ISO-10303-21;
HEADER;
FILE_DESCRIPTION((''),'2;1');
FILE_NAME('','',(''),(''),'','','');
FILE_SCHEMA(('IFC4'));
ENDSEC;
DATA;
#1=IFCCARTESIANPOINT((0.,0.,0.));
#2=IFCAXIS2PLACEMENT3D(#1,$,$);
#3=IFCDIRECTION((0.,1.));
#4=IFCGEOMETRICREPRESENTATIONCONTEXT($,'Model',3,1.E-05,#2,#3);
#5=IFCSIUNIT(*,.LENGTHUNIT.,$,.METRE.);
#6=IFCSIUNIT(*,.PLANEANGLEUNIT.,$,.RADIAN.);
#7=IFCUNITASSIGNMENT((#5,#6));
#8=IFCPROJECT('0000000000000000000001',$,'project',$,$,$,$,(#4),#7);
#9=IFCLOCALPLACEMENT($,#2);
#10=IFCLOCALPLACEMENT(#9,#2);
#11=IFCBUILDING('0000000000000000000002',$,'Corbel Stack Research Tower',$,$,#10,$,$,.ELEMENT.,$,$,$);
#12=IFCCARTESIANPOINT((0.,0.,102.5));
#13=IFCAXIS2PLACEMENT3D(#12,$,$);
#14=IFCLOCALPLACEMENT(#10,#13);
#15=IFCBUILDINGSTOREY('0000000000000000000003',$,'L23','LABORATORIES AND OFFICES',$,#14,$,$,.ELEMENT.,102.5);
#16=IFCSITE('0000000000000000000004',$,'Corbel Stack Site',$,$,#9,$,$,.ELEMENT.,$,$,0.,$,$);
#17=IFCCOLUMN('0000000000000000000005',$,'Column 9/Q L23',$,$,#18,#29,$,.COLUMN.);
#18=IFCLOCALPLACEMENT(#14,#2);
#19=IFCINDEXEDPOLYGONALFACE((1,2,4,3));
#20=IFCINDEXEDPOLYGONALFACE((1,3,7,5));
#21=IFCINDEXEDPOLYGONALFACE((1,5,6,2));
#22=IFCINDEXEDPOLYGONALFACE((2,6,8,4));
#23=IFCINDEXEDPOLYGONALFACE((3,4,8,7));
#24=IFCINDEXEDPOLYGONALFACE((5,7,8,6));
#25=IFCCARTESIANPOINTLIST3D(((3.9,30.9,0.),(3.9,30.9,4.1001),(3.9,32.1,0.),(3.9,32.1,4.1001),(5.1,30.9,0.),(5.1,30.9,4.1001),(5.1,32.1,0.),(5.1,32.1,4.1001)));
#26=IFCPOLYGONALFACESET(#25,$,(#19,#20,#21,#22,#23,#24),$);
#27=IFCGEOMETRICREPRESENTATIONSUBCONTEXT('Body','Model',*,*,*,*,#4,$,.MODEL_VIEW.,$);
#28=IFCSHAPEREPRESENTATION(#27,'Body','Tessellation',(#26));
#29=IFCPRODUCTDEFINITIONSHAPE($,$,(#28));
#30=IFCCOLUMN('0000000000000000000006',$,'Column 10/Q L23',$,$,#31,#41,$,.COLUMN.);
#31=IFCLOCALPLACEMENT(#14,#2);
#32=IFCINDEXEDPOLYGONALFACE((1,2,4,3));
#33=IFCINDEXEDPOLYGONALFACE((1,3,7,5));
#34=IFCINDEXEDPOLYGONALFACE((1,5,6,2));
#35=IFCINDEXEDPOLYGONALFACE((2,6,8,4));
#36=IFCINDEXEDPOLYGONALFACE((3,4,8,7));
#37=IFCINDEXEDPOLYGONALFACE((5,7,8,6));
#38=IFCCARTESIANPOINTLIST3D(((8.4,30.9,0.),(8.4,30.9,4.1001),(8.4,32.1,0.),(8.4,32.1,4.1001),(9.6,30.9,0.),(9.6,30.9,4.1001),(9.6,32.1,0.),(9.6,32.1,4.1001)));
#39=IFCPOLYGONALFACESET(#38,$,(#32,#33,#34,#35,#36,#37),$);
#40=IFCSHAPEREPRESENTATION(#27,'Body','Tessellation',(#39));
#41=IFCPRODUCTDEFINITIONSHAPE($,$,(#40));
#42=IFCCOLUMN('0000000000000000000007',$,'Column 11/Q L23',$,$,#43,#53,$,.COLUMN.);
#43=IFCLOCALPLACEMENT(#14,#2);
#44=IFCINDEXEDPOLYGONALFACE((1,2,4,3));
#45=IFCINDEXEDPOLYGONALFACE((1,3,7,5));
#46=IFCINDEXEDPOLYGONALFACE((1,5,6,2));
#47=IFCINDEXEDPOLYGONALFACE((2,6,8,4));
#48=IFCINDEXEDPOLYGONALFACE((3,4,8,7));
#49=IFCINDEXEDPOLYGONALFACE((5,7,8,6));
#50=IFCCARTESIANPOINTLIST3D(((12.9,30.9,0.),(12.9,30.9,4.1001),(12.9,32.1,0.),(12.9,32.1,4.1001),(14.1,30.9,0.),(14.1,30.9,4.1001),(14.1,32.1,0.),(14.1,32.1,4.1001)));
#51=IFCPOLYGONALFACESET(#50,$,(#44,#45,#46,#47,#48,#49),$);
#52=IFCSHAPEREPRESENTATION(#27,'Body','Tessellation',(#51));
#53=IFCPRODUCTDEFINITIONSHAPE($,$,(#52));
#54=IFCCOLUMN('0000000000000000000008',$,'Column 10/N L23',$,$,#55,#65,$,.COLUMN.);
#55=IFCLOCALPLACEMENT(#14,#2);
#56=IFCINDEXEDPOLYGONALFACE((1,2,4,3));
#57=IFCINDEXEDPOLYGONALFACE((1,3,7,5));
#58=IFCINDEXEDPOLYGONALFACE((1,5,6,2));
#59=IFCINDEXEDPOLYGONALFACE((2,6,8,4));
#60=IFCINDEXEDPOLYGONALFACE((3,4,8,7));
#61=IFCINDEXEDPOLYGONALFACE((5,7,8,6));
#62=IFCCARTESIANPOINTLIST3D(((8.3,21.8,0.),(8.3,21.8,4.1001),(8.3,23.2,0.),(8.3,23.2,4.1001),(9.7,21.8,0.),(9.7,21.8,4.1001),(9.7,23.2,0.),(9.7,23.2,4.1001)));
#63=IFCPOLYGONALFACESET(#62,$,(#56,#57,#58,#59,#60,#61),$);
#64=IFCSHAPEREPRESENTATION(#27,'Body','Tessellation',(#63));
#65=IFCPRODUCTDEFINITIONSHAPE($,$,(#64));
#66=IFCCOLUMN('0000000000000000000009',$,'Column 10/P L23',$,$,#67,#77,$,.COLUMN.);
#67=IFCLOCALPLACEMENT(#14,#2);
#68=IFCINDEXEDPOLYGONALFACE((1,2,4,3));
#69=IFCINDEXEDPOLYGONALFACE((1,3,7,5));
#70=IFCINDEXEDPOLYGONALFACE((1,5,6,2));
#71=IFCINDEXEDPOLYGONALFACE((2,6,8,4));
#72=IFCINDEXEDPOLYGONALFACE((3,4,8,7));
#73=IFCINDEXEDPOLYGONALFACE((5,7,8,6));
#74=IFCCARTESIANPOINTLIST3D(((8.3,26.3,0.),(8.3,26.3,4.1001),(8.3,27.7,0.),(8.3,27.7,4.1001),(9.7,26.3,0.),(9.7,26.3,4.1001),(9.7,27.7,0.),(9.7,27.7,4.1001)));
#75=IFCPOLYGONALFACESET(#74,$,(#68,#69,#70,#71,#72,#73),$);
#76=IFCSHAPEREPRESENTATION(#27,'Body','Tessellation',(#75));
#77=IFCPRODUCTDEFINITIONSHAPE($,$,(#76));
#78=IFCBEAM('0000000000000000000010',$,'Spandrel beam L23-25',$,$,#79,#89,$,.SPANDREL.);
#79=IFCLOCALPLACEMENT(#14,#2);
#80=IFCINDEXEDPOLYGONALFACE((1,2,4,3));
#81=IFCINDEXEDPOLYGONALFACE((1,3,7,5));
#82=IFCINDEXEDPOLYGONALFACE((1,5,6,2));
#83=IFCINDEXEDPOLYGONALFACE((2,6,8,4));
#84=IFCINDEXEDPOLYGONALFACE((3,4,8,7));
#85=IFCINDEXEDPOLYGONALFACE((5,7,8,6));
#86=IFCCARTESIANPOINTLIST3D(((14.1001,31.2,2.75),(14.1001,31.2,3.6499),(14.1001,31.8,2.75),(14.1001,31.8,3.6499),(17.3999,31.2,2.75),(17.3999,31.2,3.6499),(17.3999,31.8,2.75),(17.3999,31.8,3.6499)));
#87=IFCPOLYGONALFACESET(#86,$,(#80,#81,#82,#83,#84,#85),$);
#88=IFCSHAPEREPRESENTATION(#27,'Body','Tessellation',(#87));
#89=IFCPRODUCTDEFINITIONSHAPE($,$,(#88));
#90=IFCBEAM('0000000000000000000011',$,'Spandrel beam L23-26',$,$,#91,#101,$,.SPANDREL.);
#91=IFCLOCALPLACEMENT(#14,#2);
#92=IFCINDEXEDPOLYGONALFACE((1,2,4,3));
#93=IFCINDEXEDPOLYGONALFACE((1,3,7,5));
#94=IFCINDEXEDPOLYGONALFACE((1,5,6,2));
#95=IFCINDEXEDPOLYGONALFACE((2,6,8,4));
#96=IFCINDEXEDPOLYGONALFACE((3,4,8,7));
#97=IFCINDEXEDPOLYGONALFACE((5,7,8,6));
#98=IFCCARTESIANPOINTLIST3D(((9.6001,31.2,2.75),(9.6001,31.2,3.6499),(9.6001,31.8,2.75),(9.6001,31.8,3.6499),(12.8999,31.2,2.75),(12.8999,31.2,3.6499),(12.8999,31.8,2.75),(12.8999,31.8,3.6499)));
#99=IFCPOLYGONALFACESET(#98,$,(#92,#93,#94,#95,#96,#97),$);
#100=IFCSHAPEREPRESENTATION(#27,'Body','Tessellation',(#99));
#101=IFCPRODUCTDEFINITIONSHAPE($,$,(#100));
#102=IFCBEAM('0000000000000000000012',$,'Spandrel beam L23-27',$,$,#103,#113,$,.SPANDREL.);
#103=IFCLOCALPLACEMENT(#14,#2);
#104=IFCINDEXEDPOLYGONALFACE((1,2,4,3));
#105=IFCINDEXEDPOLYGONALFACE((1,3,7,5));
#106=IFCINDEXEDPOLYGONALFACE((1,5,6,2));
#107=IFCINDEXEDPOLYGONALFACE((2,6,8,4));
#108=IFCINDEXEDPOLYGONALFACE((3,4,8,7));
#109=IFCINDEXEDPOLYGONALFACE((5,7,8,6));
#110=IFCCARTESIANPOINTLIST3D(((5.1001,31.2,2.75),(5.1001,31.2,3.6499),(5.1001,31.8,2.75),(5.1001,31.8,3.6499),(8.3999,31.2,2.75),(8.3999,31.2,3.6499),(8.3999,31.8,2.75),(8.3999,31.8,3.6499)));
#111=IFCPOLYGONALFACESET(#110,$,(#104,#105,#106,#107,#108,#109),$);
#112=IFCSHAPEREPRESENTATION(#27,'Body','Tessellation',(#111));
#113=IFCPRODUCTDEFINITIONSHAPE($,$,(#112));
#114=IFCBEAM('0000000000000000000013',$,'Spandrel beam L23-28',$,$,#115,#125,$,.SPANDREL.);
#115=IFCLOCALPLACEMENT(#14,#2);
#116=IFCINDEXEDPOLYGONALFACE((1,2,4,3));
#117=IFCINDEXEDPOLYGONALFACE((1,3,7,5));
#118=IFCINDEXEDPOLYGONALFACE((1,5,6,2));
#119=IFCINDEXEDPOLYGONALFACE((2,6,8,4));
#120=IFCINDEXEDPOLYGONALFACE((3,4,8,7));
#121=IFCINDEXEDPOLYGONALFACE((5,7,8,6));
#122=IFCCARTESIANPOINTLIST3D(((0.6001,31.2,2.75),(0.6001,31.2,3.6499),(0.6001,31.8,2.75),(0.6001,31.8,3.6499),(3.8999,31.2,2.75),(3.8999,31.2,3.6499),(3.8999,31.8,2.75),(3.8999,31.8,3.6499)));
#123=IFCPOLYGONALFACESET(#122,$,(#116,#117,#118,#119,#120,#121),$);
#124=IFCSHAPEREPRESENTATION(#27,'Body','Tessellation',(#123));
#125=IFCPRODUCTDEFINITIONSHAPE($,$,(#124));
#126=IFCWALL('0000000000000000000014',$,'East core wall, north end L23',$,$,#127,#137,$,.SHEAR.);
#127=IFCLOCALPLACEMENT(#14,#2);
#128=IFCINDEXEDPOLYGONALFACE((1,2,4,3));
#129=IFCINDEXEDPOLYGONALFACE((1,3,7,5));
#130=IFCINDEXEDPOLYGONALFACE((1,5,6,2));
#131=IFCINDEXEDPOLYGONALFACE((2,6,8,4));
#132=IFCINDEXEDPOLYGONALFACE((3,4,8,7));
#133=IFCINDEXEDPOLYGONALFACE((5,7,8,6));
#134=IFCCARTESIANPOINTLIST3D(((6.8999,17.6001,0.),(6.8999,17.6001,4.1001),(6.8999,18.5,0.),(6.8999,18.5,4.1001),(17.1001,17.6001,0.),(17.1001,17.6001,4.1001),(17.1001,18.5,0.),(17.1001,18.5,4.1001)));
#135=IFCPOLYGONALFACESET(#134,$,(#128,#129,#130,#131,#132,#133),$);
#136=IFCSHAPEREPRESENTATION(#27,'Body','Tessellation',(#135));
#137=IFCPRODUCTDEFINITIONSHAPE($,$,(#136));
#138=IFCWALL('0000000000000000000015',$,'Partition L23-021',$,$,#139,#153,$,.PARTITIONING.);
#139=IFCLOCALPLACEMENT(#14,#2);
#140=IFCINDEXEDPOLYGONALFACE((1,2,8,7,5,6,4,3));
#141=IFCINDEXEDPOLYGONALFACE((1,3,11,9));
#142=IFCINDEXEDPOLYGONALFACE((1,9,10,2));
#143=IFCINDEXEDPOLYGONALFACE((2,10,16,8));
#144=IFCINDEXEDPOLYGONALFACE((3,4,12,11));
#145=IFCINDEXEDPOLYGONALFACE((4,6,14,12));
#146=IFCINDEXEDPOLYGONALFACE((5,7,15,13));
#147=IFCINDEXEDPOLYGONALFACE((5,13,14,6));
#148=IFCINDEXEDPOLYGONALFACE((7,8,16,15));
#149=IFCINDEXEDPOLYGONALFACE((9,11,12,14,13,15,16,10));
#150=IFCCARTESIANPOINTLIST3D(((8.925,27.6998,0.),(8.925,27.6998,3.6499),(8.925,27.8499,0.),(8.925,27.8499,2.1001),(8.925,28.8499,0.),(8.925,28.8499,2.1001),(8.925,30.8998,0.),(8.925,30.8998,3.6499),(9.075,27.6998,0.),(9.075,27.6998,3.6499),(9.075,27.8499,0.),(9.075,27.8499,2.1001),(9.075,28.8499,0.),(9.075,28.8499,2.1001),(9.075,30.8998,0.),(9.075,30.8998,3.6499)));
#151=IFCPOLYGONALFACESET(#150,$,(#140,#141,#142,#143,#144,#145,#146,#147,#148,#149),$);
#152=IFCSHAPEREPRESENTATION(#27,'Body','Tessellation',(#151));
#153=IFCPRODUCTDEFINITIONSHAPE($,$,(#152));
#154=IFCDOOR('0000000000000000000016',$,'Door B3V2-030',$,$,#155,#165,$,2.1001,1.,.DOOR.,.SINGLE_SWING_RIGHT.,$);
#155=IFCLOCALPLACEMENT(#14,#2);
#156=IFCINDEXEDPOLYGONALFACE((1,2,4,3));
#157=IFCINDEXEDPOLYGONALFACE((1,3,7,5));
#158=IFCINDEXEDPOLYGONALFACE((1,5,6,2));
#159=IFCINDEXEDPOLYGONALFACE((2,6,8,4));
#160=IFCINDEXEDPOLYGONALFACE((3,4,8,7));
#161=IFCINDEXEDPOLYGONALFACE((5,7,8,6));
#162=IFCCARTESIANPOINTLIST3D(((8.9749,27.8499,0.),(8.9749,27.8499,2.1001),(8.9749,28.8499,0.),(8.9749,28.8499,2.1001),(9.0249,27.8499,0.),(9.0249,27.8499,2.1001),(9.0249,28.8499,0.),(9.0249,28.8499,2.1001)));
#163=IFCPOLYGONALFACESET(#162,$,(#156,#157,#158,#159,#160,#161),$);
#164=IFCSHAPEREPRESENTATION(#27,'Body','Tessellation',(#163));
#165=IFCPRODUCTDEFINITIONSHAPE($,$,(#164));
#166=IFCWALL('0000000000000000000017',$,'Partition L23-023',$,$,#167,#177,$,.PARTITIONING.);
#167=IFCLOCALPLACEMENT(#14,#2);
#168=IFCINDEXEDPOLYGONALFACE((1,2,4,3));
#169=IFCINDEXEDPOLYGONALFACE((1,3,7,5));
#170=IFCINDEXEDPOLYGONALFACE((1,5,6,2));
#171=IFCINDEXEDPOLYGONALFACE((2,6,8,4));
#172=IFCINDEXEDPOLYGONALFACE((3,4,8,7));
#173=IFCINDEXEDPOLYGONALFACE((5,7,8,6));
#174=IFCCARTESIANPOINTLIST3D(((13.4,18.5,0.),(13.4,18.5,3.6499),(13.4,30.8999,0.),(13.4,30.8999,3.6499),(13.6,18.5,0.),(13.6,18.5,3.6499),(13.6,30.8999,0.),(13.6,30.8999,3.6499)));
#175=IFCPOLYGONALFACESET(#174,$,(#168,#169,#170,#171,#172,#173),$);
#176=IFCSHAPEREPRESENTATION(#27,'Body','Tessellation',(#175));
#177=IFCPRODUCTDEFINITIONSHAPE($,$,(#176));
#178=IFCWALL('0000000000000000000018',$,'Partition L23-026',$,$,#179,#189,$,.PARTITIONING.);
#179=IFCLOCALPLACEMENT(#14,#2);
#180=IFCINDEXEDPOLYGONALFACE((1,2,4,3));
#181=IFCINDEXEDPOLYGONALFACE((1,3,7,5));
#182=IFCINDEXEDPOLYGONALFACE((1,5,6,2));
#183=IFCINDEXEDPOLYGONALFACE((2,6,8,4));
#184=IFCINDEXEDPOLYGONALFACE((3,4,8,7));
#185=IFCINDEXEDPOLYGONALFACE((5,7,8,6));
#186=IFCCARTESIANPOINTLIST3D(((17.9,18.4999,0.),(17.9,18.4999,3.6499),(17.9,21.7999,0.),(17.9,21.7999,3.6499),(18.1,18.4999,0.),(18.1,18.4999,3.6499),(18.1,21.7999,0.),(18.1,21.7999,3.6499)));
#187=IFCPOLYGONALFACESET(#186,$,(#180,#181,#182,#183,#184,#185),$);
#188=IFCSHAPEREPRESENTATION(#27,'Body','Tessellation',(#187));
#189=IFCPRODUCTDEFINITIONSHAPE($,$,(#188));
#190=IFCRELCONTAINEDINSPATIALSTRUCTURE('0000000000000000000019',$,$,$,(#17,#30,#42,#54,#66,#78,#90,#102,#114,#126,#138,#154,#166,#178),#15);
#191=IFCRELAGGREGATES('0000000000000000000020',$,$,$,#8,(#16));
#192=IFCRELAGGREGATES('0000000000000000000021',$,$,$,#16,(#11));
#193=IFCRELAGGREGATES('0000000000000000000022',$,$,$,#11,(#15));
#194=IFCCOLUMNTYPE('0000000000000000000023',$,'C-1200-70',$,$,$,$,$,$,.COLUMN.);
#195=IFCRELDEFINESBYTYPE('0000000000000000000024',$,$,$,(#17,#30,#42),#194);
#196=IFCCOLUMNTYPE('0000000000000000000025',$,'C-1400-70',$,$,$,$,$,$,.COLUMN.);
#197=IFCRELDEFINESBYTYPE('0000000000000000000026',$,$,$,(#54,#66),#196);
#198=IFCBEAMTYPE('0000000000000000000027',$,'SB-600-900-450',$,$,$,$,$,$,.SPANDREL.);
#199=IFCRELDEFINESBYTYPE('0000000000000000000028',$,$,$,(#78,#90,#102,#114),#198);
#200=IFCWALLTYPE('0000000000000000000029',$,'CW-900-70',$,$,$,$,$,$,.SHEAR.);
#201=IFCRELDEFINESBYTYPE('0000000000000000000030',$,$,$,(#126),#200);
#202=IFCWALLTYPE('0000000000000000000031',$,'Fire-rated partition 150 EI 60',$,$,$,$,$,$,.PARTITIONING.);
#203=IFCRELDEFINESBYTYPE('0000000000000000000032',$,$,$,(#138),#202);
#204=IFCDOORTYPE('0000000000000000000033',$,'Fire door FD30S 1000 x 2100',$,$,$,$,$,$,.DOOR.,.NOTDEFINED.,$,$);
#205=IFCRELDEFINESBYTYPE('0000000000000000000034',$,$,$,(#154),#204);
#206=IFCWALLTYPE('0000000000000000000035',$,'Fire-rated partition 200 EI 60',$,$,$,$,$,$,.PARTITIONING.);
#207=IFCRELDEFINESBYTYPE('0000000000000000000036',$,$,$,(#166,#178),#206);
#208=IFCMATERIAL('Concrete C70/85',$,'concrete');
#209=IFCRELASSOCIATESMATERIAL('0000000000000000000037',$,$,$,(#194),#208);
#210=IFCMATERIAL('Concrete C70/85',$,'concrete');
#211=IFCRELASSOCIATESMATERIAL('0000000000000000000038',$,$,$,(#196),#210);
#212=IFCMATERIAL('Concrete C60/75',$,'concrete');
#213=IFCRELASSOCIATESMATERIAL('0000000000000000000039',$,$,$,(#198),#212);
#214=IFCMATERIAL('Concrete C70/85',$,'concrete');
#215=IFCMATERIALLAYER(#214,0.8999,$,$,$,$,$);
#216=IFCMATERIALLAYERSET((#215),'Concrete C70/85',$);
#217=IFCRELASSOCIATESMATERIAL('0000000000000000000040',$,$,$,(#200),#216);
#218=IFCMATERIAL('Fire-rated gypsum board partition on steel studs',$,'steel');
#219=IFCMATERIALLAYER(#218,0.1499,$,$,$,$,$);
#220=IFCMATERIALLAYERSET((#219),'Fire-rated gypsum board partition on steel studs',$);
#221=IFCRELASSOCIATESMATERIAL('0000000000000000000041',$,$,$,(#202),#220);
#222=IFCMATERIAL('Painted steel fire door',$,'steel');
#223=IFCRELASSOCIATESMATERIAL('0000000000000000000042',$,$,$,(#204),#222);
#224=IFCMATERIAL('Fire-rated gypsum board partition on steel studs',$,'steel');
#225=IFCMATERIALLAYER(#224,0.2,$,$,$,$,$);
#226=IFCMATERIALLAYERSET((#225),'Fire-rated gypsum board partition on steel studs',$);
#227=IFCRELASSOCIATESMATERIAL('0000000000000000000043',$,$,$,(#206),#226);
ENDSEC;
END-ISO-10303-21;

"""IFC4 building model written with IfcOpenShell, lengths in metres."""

from ifc_helpers import new_model, si_unit, direction, frame, frame_2d, origin, origin_2d, place, context, subcontext, project, spatial, rectangle, extrude, material, layer, layer_set, material_profile, profile_set, type_object, element, fill, save


model = new_model("IFC4")

# Units and contexts
model_context = context("Model", 3, precision=1e-05, world=origin(), true_north=direction((0.0, 1.0)))
body_context = subcontext(model_context, "Body", "Model", "MODEL_VIEW")
ifc_project = project(units=[si_unit("LENGTHUNIT", "METRE"), si_unit("PLANEANGLEUNIT", "RADIAN")], contexts=[model_context])

# Site, building, storey
site_placement = place(None, origin())
site = spatial("IfcSite", under=ifc_project, at=site_placement, Name="Corbel Stack Site", CompositionType="ELEMENT", RefElevation=0.0)
building_placement = place(site_placement, origin())
building = spatial("IfcBuilding", under=site, at=building_placement, Name="Corbel Stack Research Tower", CompositionType="ELEMENT")
storey_placement = place(building_placement, frame((0.0, 0.0, 102.5)))
storey = spatial("IfcBuildingStorey", under=building, at=storey_placement, Name="L23", Description="LABORATORIES AND OFFICES", CompositionType="ELEMENT", Elevation=102.5)

# Columns
ifc_material_1 = material(Name="Concrete C70/85", Category="concrete")
ifc_material_profile_1 = material_profile(ifc_material_1, rectangle(XDim=1.2, YDim=1.2, at=origin_2d()), Name="RC 1200 x 1200")
ifc_profile_set_1 = profile_set([ifc_material_profile_1], Name="Concrete C70/85")
column_type_1 = type_object("IfcColumnType", Name="C-1200-70", PredefinedType="COLUMN", material=ifc_profile_set_1)
for number, where, z_axis, x_axis, name in (
    (1, (4.5, 31.5, 0.0), (0.0, 0.0, 1.0), (1.0, 0.0, 0.0), "Column 9/Q L23"),
    (2, (9.0, 31.5, 0.0), (0.0, 0.0, 1.0), (1.0, 0.0, 0.0), "Column 10/Q L23"),
    (3, (13.5, 31.5, 0.0), (0.0, 0.0, 1.0), (1.0, 0.0, 0.0), "Column 11/Q L23"),
):
    element("IfcColumn", number, at=place(storey_placement, frame(where, z_axis=z_axis, x_axis=x_axis)), inside=storey, type_object=column_type_1, Name=name, PredefinedType="COLUMN", context=body_context, shape_type="SweptSolid", body=[
        extrude(rectangle(XDim=1.2, YDim=1.2, at=origin_2d()), origin(), (0.0, 0.0, 1.0), 4.1001),
    ])
ifc_material_2 = material(Name="Concrete C70/85", Category="concrete")
ifc_material_profile_2 = material_profile(ifc_material_2, rectangle(XDim=1.3999, YDim=1.3999, at=origin_2d()), Name="RC 1400 x 1400")
ifc_profile_set_2 = profile_set([ifc_material_profile_2], Name="Concrete C70/85")
column_type_2 = type_object("IfcColumnType", Name="C-1400-70", PredefinedType="COLUMN", material=ifc_profile_set_2)
for number, where, z_axis, x_axis, name in (
    (4, (9.0, 22.5, 0.0), (0.0, 0.0, 1.0), (1.0, 0.0, 0.0), "Column 10/N L23"),
    (5, (9.0, 27.0, 0.0), (0.0, 0.0, 1.0), (1.0, 0.0, 0.0), "Column 10/P L23"),
):
    element("IfcColumn", number, at=place(storey_placement, frame(where, z_axis=z_axis, x_axis=x_axis)), inside=storey, type_object=column_type_2, Name=name, PredefinedType="COLUMN", context=body_context, shape_type="SweptSolid", body=[
        extrude(rectangle(XDim=1.3999, YDim=1.3999, at=origin_2d()), origin(), (0.0, 0.0, 1.0), 4.1001),
    ])

# Beams
ifc_material_3 = material(Name="Concrete C60/75", Category="concrete")
ifc_material_profile_3 = material_profile(ifc_material_3, rectangle(XDim=0.6001, YDim=0.8999, at=origin_2d()), Name="RC 600 x 900")
ifc_profile_set_3 = profile_set([ifc_material_profile_3], Name="Concrete C60/75")
beam_type = type_object("IfcBeamType", Name="SB-600-900-450", PredefinedType="SPANDREL", material=ifc_profile_set_3)
for number, where, z_axis, x_axis, name in (
    (6, (17.3999, 31.5, 3.2), (-1.0, 0.0, 0.0), (0.0, -1.0, 0.0), "Spandrel beam L23-25"),
    (7, (12.8999, 31.5, 3.2), (-1.0, 0.0, 0.0), (0.0, -1.0, 0.0), "Spandrel beam L23-26"),
    (8, (8.3999, 31.5, 3.2), (-1.0, 0.0, 0.0), (0.0, -1.0, 0.0), "Spandrel beam L23-27"),
    (9, (3.8999, 31.5, 3.2), (-1.0, 0.0, 0.0), (0.0, -1.0, 0.0), "Spandrel beam L23-28"),
):
    element("IfcBeam", number, at=place(storey_placement, frame(where, z_axis=z_axis, x_axis=x_axis)), inside=storey, type_object=beam_type, Name=name, PredefinedType="SPANDREL", context=body_context, shape_type="SweptSolid", body=[
        extrude(rectangle(XDim=0.6001, YDim=0.8999, at=origin_2d()), origin(), (0.0, 0.0, 1.0), 3.2998),
    ])

# Wall
ifc_material_4 = material(Name="Concrete C70/85", Category="concrete")
ifc_layer_1 = layer(ifc_material_4, 0.8999)
ifc_layer_set_1 = layer_set([ifc_layer_1], Name="Concrete C70/85")
wall_type_1 = type_object("IfcWallType", Name="CW-900-70", PredefinedType="SHEAR", material=ifc_layer_set_1)
wall_1_placement = place(storey_placement, frame((6.8999, 18.05, 0.0), z_axis=(0.0, 0.0, 1.0), x_axis=(1.0, 0.0, 0.0)))
element("IfcWall", 10, at=wall_1_placement, inside=storey, type_object=wall_type_1, Name="East core wall, north end L23", PredefinedType="SHEAR", context=body_context, shape_type="SweptSolid", body=[
    extrude(rectangle(XDim=10.2002, YDim=0.8999, at=frame_2d((5.1001, 0.0))), origin(), (0.0, 0.0, 1.0), 4.1001),
])

# Wall, opening, door
ifc_material_5 = material(Name="Fire-rated gypsum board partition on steel studs", Category="steel")
ifc_layer_2 = layer(ifc_material_5, 0.1499)
ifc_layer_set_2 = layer_set([ifc_layer_2], Name="Fire-rated gypsum board partition on steel studs")
wall_type_2 = type_object("IfcWallType", Name="Fire-rated partition 150 EI 60", PredefinedType="PARTITIONING", material=ifc_layer_set_2)
wall_2_placement = place(storey_placement, frame((9.0, 30.8999, 0.0), z_axis=(0.0, 0.0, 1.0), x_axis=(0.0, -1.0, 0.0)))
wall_2 = element("IfcWall", 11, at=wall_2_placement, inside=storey, type_object=wall_type_2, Name="Partition L23-021", PredefinedType="PARTITIONING", context=body_context, shape_type="SweptSolid", body=[
    extrude(rectangle(XDim=3.2, YDim=0.1499, at=frame_2d((1.6001, 0.0))), origin(), (0.0, 0.0, 1.0), 3.6499),
])
opening_1_placement = place(wall_2_placement, frame((2.05, 0.0, 0.0)))
opening_1 = element("IfcOpeningElement", 12, at=opening_1_placement, cuts=wall_2, PredefinedType="OPENING", context=body_context, shape_type="SweptSolid", body=[
    extrude(rectangle(XDim=1.0, YDim=2.1001, at=frame_2d((0.5, 1.05))), frame((0.0, 0.085, 0.0), z_axis=(0.0, -1.0, 0.0), x_axis=(1.0, 0.0, 0.0)), (0.0, 0.0, 1.0), 0.1699),
])
ifc_material_6 = material(Name="Painted steel fire door", Category="steel")
door_type_1 = type_object("IfcDoorType", Name="Fire door FD30S 1000 x 2100", OperationType="NOTDEFINED", PredefinedType="DOOR", material=ifc_material_6)
door_1_placement = place(opening_1_placement, origin())
door_1 = element("IfcDoor", 13, at=door_1_placement, inside=storey, type_object=door_type_1, Name="Door B3V2-030", OperationType="SINGLE_SWING_RIGHT", OverallHeight=2.1001, OverallWidth=1.0, PredefinedType="DOOR", context=body_context, shape_type="SweptSolid", body=[
    extrude(rectangle(XDim=1.0, YDim=2.1001, at=frame_2d((0.5, 1.05))), frame((0.0, 0.0249, 0.0), z_axis=(0.0, -1.0, 0.0), x_axis=(1.0, 0.0, 0.0)), (0.0, 0.0, 1.0), 0.05),
])
fill(opening_1, door_1)

# Walls
ifc_material_7 = material(Name="Fire-rated gypsum board partition on steel studs", Category="steel")
ifc_layer_3 = layer(ifc_material_7, 0.2)
ifc_layer_set_3 = layer_set([ifc_layer_3], Name="Fire-rated gypsum board partition on steel studs")
wall_type_3 = type_object("IfcWallType", Name="Fire-rated partition 200 EI 60", PredefinedType="PARTITIONING", material=ifc_layer_set_3)
wall_3_placement = place(storey_placement, frame((13.5, 18.5, 0.0), z_axis=(0.0, 0.0, 1.0), x_axis=(0.0, 1.0, 0.0)))
element("IfcWall", 14, at=wall_3_placement, inside=storey, type_object=wall_type_3, Name="Partition L23-023", PredefinedType="PARTITIONING", context=body_context, shape_type="SweptSolid", body=[
    extrude(rectangle(XDim=12.3999, YDim=0.2, at=frame_2d((6.2, 0.0))), origin(), (0.0, 0.0, 1.0), 3.6499),
])
wall_4_placement = place(storey_placement, frame((18.0, 18.5, 0.0), z_axis=(0.0, 0.0, 1.0), x_axis=(0.0, 1.0, 0.0)))
element("IfcWall", 15, at=wall_4_placement, inside=storey, type_object=wall_type_3, Name="Partition L23-026", PredefinedType="PARTITIONING", context=body_context, shape_type="SweptSolid", body=[
    extrude(rectangle(XDim=3.3, YDim=0.2, at=frame_2d((1.6499, 0.0))), origin(), (0.0, 0.0, 1.0), 3.6499),
])

save(model, "model.ifc")
